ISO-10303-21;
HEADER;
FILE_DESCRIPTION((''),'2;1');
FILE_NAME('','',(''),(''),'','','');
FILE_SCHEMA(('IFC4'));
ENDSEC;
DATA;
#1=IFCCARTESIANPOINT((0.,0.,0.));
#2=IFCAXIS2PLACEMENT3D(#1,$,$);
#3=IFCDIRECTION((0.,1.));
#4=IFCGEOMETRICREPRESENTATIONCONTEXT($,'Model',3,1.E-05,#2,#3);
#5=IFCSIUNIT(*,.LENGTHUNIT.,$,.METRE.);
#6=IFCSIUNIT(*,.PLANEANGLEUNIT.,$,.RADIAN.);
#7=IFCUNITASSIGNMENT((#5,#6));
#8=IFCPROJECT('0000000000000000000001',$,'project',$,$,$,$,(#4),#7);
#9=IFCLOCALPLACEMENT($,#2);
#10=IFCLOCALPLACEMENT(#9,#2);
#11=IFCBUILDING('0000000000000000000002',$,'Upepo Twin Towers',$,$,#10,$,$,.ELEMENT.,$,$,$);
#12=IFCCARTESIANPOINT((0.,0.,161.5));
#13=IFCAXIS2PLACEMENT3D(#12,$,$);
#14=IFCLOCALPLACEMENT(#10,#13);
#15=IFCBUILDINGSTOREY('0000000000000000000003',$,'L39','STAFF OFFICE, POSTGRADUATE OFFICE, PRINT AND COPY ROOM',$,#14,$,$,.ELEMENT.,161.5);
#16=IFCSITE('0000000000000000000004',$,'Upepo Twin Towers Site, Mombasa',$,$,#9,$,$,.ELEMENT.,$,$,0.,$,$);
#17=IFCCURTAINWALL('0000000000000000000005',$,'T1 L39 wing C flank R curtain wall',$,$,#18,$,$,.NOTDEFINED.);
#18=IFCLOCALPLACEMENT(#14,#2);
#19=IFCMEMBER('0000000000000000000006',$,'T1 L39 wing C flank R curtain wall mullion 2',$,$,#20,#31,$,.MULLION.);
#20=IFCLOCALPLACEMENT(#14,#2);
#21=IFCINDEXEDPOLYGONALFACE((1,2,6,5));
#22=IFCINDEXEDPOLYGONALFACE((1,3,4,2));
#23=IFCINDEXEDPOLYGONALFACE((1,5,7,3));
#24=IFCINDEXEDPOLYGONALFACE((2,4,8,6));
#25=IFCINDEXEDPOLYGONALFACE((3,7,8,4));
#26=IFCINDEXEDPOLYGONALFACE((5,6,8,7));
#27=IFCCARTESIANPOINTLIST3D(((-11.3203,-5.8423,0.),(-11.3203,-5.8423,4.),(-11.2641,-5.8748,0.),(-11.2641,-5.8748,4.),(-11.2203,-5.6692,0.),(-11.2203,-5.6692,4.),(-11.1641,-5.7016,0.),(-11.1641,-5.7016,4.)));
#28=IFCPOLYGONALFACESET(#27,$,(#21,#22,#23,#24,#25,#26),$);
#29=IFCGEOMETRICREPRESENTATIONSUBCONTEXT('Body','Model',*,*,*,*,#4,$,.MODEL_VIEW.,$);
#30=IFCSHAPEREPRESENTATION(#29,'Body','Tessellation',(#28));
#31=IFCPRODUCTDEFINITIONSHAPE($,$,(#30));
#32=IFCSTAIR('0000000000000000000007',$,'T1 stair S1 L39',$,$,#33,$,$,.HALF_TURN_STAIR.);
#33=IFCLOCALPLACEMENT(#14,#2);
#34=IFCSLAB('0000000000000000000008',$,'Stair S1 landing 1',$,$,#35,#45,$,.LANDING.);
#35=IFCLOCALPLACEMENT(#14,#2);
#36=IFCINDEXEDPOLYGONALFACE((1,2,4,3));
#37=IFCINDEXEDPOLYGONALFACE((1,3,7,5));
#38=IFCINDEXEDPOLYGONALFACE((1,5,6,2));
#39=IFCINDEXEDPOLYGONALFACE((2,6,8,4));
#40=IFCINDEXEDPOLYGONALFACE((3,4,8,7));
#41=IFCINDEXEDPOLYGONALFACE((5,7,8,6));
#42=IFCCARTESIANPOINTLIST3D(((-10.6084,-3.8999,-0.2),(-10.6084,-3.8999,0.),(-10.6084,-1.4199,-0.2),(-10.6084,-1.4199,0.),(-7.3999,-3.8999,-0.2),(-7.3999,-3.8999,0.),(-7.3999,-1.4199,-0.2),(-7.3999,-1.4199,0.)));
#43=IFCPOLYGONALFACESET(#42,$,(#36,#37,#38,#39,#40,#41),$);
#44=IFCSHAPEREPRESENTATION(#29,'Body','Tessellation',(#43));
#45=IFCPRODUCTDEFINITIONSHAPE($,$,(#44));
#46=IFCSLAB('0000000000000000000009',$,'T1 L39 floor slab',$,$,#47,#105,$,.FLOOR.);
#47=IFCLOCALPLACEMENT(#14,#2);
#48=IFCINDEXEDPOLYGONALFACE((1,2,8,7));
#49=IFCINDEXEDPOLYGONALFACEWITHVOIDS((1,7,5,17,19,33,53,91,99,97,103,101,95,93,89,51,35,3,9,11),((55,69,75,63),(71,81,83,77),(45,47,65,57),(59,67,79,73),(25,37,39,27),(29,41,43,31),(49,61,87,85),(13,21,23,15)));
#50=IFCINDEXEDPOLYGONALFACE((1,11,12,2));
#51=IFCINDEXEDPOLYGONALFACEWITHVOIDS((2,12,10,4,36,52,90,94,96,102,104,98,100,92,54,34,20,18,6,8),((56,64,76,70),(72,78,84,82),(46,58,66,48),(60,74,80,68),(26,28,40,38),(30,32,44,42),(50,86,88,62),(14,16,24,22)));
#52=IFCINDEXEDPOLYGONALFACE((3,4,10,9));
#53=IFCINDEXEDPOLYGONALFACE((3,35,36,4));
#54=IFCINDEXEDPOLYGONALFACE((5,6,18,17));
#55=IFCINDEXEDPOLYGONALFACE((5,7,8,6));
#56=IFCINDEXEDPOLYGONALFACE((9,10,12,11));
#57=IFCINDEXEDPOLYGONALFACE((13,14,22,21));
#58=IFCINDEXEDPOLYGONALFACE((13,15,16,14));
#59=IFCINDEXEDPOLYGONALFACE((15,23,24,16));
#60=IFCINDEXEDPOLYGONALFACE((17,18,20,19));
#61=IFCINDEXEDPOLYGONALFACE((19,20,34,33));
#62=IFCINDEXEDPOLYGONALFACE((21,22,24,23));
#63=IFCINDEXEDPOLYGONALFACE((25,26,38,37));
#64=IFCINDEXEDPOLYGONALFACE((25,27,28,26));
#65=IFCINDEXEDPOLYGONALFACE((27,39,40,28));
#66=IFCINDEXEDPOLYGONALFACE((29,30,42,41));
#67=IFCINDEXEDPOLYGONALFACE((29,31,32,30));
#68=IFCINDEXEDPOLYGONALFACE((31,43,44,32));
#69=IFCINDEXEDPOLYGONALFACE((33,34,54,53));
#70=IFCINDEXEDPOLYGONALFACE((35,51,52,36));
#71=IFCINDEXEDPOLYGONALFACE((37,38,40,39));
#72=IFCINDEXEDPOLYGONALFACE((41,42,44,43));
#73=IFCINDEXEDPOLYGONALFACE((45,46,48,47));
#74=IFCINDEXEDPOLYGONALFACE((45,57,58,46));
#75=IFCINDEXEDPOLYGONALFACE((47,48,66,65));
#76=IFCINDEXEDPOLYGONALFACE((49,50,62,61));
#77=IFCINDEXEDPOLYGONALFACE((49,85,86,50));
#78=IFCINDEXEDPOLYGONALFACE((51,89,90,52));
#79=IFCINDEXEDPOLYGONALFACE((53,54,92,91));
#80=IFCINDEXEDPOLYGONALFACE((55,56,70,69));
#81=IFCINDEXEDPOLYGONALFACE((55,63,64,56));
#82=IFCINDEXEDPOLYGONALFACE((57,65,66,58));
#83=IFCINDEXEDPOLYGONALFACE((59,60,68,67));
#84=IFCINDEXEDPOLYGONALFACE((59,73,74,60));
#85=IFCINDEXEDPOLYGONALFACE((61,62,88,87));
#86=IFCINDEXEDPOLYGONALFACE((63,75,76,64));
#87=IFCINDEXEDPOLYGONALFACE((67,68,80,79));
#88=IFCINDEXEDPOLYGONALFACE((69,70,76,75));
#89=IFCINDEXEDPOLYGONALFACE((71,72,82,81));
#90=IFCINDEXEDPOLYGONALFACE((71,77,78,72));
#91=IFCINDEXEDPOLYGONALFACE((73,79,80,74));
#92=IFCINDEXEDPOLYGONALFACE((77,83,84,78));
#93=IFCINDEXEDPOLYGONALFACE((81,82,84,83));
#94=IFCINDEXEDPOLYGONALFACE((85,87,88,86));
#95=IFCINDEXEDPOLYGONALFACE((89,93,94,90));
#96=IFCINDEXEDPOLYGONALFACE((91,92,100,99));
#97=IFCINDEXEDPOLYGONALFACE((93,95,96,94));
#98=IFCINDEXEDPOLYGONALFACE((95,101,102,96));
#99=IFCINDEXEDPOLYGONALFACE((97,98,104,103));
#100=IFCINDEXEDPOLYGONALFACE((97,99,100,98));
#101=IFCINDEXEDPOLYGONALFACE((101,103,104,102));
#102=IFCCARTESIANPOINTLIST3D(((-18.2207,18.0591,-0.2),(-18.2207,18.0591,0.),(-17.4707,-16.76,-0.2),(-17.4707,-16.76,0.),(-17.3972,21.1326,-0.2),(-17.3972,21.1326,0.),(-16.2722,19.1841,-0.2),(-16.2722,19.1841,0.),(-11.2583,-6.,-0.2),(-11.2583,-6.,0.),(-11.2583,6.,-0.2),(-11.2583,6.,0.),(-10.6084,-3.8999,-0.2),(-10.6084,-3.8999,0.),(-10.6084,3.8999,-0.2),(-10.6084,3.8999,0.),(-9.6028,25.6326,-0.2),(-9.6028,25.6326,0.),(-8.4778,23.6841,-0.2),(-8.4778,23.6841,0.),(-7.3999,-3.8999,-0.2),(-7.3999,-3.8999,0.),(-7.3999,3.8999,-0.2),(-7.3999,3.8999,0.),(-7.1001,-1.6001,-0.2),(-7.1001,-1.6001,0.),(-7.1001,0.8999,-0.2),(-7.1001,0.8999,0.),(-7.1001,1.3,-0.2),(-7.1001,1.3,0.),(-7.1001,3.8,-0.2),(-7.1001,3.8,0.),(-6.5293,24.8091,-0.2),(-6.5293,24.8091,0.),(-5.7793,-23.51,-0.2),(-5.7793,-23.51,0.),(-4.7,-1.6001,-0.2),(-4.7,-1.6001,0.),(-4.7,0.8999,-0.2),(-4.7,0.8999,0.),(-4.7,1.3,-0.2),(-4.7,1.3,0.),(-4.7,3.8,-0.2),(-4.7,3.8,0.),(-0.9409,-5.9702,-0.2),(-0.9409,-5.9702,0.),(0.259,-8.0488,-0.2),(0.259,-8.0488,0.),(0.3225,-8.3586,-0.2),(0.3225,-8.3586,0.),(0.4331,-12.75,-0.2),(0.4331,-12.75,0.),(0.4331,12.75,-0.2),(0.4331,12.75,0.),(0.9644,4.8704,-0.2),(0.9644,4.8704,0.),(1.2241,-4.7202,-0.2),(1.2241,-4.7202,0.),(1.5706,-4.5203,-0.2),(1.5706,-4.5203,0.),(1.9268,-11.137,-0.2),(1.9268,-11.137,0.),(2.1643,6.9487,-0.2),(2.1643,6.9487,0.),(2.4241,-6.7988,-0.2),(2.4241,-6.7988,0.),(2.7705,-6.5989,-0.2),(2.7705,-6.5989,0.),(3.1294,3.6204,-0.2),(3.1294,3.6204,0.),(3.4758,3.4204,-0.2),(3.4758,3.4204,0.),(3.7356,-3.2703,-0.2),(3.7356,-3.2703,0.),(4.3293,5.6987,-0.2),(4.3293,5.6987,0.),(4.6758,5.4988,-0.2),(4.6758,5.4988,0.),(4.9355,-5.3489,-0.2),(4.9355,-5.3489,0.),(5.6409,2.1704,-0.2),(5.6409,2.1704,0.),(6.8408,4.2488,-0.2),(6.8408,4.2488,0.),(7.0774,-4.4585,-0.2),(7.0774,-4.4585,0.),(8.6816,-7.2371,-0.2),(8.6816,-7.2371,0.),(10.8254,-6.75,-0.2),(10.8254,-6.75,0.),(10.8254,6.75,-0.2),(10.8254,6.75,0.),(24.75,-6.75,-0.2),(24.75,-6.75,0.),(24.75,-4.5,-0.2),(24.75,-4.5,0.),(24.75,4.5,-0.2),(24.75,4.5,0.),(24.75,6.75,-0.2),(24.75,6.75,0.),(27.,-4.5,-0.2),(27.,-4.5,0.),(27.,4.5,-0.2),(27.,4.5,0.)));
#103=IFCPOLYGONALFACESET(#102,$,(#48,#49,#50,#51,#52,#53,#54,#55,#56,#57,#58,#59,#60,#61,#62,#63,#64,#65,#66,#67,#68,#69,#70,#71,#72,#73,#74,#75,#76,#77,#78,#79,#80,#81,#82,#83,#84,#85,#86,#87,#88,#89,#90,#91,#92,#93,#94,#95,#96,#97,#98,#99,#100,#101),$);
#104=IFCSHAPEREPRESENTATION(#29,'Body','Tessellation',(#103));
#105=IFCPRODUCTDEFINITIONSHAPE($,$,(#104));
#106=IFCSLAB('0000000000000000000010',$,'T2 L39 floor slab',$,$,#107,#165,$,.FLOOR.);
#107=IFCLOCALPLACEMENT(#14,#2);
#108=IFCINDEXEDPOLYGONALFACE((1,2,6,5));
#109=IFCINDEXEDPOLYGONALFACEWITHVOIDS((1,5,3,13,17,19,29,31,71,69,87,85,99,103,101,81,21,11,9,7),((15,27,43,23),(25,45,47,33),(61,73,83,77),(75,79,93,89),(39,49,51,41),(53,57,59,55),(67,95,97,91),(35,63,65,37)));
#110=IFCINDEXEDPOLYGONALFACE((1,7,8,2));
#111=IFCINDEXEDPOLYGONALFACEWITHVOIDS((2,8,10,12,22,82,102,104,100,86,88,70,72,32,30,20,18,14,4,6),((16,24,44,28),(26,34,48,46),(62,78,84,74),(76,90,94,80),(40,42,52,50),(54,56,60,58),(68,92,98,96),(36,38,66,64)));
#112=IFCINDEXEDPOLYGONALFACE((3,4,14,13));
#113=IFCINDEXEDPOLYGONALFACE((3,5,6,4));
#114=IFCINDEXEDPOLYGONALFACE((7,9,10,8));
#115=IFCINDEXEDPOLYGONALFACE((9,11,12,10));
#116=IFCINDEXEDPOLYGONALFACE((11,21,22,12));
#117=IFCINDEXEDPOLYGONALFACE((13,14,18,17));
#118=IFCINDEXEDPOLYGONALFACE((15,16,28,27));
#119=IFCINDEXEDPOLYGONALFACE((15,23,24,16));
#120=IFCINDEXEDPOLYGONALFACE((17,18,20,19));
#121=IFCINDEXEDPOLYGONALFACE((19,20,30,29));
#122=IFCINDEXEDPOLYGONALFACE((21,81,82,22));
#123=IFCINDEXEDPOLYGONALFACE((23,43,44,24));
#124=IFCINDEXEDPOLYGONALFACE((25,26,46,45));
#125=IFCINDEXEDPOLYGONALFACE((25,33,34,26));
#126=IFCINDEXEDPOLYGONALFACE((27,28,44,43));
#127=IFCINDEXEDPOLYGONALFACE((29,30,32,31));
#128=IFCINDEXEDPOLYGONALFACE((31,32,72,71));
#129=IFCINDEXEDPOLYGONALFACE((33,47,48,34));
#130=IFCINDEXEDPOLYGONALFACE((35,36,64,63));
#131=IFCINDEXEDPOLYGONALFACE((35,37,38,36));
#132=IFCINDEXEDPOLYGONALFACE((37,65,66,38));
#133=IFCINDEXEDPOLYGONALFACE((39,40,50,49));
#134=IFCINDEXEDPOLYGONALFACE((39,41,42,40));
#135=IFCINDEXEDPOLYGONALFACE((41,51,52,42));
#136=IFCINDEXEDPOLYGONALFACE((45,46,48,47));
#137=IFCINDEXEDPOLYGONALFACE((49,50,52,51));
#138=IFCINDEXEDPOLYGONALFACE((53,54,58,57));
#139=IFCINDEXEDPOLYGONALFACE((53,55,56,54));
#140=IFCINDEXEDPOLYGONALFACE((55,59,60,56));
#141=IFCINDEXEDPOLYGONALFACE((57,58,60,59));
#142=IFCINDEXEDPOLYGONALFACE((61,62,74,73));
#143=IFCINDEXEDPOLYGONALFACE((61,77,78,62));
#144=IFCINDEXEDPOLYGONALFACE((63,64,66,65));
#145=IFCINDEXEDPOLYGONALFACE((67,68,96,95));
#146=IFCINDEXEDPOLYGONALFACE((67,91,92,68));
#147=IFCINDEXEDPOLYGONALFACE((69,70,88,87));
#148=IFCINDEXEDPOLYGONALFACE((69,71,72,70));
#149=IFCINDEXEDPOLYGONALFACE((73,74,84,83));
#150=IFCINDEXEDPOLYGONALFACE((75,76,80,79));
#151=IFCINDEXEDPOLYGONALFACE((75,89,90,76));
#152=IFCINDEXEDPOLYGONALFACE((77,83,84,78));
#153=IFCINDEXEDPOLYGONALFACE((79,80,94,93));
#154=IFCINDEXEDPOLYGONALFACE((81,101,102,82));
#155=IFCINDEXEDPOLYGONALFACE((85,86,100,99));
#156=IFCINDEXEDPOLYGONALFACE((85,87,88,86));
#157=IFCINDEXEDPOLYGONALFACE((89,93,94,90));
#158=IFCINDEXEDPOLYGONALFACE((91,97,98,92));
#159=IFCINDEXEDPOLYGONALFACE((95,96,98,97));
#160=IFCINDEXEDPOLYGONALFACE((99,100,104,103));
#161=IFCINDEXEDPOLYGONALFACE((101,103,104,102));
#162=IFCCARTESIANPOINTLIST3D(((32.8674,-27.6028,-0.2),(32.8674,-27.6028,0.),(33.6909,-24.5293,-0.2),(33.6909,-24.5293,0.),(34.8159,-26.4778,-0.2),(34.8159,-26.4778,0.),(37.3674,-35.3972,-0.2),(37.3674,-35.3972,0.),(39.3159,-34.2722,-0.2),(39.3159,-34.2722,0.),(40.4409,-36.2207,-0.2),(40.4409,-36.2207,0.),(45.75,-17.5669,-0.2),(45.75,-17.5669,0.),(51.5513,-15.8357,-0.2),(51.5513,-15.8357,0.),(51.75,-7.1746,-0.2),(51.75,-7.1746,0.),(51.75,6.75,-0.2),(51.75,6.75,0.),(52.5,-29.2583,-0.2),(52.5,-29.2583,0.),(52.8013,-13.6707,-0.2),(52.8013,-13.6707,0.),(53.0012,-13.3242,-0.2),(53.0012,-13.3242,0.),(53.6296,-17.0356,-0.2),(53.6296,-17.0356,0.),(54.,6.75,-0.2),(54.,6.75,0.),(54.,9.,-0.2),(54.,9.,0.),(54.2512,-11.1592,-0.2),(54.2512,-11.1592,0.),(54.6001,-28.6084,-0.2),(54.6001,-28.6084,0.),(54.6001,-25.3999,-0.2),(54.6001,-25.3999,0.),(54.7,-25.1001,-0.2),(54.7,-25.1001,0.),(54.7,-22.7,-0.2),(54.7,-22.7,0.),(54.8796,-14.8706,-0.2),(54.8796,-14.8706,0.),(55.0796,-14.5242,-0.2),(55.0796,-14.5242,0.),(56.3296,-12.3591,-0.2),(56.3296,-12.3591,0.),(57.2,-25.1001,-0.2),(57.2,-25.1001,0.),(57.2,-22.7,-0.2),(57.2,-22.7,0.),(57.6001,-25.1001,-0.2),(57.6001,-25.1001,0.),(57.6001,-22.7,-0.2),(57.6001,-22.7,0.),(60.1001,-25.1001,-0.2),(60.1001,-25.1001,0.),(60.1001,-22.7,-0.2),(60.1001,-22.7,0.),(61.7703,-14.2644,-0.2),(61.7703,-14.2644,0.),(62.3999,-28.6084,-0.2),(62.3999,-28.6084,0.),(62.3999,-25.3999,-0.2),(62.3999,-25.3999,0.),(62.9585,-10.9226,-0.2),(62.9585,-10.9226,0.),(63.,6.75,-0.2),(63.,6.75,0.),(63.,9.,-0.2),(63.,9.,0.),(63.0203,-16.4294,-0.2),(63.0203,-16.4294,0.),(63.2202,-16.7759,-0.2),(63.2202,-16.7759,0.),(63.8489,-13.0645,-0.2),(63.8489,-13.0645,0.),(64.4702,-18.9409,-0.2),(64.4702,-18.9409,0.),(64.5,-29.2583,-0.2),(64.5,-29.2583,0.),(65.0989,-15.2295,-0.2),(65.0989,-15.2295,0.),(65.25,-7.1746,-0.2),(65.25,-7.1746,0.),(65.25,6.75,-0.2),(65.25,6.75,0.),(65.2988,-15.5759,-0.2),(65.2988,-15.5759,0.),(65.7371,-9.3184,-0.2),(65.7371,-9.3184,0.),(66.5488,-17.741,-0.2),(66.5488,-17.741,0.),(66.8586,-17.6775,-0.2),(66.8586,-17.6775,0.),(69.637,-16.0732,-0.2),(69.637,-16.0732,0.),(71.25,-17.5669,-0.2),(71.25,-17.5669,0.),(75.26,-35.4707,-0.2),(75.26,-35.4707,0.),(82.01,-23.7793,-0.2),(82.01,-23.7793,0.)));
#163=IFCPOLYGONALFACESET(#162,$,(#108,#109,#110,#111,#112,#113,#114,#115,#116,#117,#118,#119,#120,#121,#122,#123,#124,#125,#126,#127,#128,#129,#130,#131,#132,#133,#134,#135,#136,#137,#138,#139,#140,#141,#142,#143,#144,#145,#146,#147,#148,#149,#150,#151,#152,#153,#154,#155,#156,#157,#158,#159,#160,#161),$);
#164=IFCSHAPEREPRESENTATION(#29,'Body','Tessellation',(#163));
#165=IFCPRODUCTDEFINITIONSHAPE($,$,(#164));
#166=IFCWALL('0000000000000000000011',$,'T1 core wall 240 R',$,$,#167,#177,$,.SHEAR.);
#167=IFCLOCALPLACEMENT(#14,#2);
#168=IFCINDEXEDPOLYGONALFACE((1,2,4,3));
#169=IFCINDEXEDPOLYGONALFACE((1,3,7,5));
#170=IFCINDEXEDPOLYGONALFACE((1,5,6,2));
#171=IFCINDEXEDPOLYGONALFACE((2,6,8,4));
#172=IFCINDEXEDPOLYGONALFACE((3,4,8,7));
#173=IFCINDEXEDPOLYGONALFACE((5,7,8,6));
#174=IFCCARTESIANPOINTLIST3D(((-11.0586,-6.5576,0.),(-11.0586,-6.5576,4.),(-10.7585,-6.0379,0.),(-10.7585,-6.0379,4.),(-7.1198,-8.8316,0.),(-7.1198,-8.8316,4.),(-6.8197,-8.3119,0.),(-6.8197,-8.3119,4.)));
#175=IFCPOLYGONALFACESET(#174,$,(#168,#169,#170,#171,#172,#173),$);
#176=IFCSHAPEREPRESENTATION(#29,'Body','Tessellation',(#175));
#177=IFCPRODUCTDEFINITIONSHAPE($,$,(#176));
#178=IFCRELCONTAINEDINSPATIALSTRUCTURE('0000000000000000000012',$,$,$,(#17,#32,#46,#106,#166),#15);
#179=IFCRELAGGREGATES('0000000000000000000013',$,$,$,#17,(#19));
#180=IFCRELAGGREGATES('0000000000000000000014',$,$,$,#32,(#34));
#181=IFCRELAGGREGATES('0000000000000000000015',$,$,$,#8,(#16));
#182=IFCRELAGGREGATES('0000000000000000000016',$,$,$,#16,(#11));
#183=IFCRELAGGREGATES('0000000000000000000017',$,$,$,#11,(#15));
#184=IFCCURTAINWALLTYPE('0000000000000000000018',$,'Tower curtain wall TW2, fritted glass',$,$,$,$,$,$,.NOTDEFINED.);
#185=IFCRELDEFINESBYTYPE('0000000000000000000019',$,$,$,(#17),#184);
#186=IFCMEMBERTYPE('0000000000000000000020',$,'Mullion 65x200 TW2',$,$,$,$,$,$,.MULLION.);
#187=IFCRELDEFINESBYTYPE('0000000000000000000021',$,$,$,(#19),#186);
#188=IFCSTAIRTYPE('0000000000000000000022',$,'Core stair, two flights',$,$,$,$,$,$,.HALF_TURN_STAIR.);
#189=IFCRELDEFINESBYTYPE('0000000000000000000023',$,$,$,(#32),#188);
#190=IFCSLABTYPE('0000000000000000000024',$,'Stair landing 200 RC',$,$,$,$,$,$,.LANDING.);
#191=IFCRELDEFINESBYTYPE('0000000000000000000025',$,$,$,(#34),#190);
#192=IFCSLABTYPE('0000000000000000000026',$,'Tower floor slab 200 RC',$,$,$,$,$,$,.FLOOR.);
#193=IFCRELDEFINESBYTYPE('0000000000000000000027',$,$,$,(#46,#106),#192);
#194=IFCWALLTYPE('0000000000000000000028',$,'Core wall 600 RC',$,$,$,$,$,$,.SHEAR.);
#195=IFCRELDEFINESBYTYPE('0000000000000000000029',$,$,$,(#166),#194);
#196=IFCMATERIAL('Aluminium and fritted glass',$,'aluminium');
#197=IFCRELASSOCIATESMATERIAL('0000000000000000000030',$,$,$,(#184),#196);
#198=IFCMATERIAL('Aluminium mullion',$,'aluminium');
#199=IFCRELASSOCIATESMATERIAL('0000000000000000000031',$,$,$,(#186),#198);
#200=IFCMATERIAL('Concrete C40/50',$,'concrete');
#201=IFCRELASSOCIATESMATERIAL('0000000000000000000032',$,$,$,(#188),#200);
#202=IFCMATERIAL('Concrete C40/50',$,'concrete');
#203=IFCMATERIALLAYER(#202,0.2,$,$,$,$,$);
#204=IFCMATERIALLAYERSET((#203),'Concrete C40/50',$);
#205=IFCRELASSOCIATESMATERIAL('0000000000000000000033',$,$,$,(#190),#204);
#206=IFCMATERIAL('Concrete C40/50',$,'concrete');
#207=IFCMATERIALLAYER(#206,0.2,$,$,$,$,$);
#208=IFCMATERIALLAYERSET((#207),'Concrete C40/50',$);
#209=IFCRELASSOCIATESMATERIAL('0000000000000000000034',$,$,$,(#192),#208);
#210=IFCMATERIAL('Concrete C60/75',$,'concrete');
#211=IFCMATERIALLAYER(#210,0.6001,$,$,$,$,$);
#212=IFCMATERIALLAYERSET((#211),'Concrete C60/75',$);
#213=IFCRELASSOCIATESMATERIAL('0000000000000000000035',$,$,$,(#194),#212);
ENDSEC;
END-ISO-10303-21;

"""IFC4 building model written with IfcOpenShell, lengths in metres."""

from ifc_helpers import new_model, si_unit, direction, frame, frame_2d, origin, origin_2d, place, context, subcontext, project, spatial, polyline, rectangle, outline, extrude, material, layer, layer_set, material_profile, profile_set, type_object, element, aggregate, save


model = new_model("IFC4")

# Units and contexts
model_context = context("Model", 3, precision=1e-05, world=origin(), true_north=direction((0.0, 1.0)))
body_context = subcontext(model_context, "Body", "Model", "MODEL_VIEW")
ifc_project = project(units=[si_unit("LENGTHUNIT", "METRE"), si_unit("PLANEANGLEUNIT", "RADIAN")], contexts=[model_context])

# Site, building, storey
site_placement = place(None, origin())
site = spatial("IfcSite", under=ifc_project, at=site_placement, Name="Upepo Twin Towers Site, Mombasa", CompositionType="ELEMENT", RefElevation=0.0)
building_placement = place(site_placement, origin())
building = spatial("IfcBuilding", under=site, at=building_placement, Name="Upepo Twin Towers", CompositionType="ELEMENT")
storey_placement = place(building_placement, frame((0.0, 0.0, 161.5)))
storey = spatial("IfcBuildingStorey", under=building, at=storey_placement, Name="L39", Description="STAFF OFFICE, POSTGRADUATE OFFICE, PRINT AND COPY ROOM", CompositionType="ELEMENT", Elevation=161.5)

# Curtain wall, member
ifc_material_1 = material(Name="Aluminium and fritted glass", Category="aluminium")
curtain_wall_type = type_object("IfcCurtainWallType", Name="Tower curtain wall TW2, fritted glass", PredefinedType="NOTDEFINED", material=ifc_material_1)
curtain_wall_placement = place(storey_placement, origin())
curtain_wall = element("IfcCurtainWall", 1, at=curtain_wall_placement, inside=storey, type_object=curtain_wall_type, Name="T1 L39 wing C flank R curtain wall", PredefinedType="NOTDEFINED")
ifc_material_2 = material(Name="Aluminium mullion", Category="aluminium")
ifc_material_profile = material_profile(ifc_material_2, rectangle(XDim=0.0649, YDim=0.2, at=origin_2d()), Name="MULLION 65x200")
ifc_profile_set = profile_set([ifc_material_profile], Name="Aluminium mullion")
member_type = type_object("IfcMemberType", Name="Mullion 65x200 TW2", PredefinedType="MULLION", material=ifc_profile_set)
member_placement = place(storey_placement, frame((-11.2422, -5.772, 0.0), z_axis=(0.0, 0.0, 1.0), x_axis=(-0.866025, 0.5, 0.0)))
member = element("IfcMember", 2, at=member_placement, type_object=member_type, Name="T1 L39 wing C flank R curtain wall mullion 2", PredefinedType="MULLION", context=body_context, shape_type="SweptSolid", body=[
    extrude(rectangle(XDim=0.0649, YDim=0.2, at=origin_2d()), origin(), (0.0, 0.0, 1.0), 4.0),
])
aggregate(curtain_wall, [member])

# Stair, slab
ifc_material_3 = material(Name="Concrete C40/50", Category="concrete")
stair_type = type_object("IfcStairType", Name="Core stair, two flights", PredefinedType="HALF_TURN_STAIR", material=ifc_material_3)
stair_placement = place(storey_placement, origin())
stair = element("IfcStair", 3, at=stair_placement, inside=storey, type_object=stair_type, Name="T1 stair S1 L39", PredefinedType="HALF_TURN_STAIR")
ifc_material_4 = material(Name="Concrete C40/50", Category="concrete")
ifc_layer_1 = layer(ifc_material_4, 0.2)
ifc_layer_set_1 = layer_set([ifc_layer_1], Name="Concrete C40/50")
slab_type_1 = type_object("IfcSlabType", Name="Stair landing 200 RC", PredefinedType="LANDING", material=ifc_layer_set_1)
slab_1_placement = place(storey_placement, frame((0.0, 0.0, -0.2)))
slab_1 = element("IfcSlab", 4, at=slab_1_placement, type_object=slab_type_1, Name="Stair S1 landing 1", PredefinedType="LANDING", context=body_context, shape_type="SweptSolid", body=[
    extrude(outline(polyline([(-7.3999, -1.4199), (-10.6084, -1.4199), (-10.6084, -3.8999), (-7.3999, -3.8999), (-7.3999, -1.4199)])), origin(), (0.0, 0.0, 1.0), 0.2),
])

# Slabs
ifc_material_5 = material(Name="Concrete C40/50", Category="concrete")
ifc_layer_2 = layer(ifc_material_5, 0.2)
ifc_layer_set_2 = layer_set([ifc_layer_2], Name="Concrete C40/50")
slab_type_2 = type_object("IfcSlabType", Name="Tower floor slab 200 RC", PredefinedType="FLOOR", material=ifc_layer_set_2)
slab_2_placement = place(storey_placement, frame((0.0, 0.0, -0.2)))
element("IfcSlab", 5, at=slab_2_placement, inside=storey, type_object=slab_type_2, Name="T1 L39 floor slab", PredefinedType="FLOOR", context=body_context, shape_type="SweptSolid", body=[
    extrude(outline(polyline([(-17.4707, -16.76), (-11.2583, -6.0), (-11.2583, 6.0), (-18.2207, 18.0591), (-16.2722, 19.1841), (-17.3972, 21.1326), (-9.6028, 25.6326), (-8.4778, 23.6841), (-6.5293, 24.8091), (0.4331, 12.75), (10.8254, 6.75), (24.75, 6.75), (24.75, 4.5), (27.0, 4.5), (27.0, -4.5), (24.75, -4.5), (24.75, -6.75), (10.8254, -6.75), (0.4331, -12.75), (-5.7793, -23.51), (-17.4707, -16.76)]), holes=[polyline([(5.6409, 2.1704), (6.8408, 4.2488), (4.6758, 5.4988), (3.4758, 3.4204), (5.6409, 2.1704)]), polyline([(3.1294, 3.6204), (4.3293, 5.6987), (2.1643, 6.9487), (0.9644, 4.8704), (3.1294, 3.6204)]), polyline([(-4.7, 3.8), (-7.1001, 3.8), (-7.1001, 1.3), (-4.7, 1.3), (-4.7, 3.8)]), polyline([(-4.7, 0.8999), (-7.1001, 0.8999), (-7.1001, -1.6001), (-4.7, -1.6001), (-4.7, 0.8999)]), polyline([(-7.3999, 3.8999), (-10.6084, 3.8999), (-10.6084, -3.8999), (-7.3999, -3.8999), (-7.3999, 3.8999)]), polyline([(-0.9409, -5.9702), (0.259, -8.0488), (2.4241, -6.7988), (1.2241, -4.7202), (-0.9409, -5.9702)]), polyline([(1.5706, -4.5203), (2.7705, -6.5989), (4.9355, -5.3489), (3.7356, -3.2703), (1.5706, -4.5203)]), polyline([(0.3225, -8.3586), (1.9268, -11.137), (8.6816, -7.2371), (7.0774, -4.4585), (0.3225, -8.3586)])]), origin(), (0.0, 0.0, 1.0), 0.2),
])
slab_3_placement = place(storey_placement, frame((0.0, 0.0, -0.2)))
element("IfcSlab", 6, at=slab_3_placement, inside=storey, type_object=slab_type_2, Name="T2 L39 floor slab", PredefinedType="FLOOR", context=body_context, shape_type="SweptSolid", body=[
    extrude(outline(polyline([(75.26, -35.4707), (64.5, -29.2583), (52.5, -29.2583), (40.4409, -36.2207), (39.3159, -34.2722), (37.3674, -35.3972), (32.8674, -27.6028), (34.8159, -26.4778), (33.6909, -24.5293), (45.75, -17.5669), (51.75, -7.1746), (51.75, 6.75), (54.0, 6.75), (54.0, 9.0), (63.0, 9.0), (63.0, 6.75), (65.25, 6.75), (65.25, -7.1746), (71.25, -17.5669), (82.01, -23.7793), (75.26, -35.4707)]), holes=[polyline([(56.3296, -12.3591), (54.2512, -11.1592), (53.0012, -13.3242), (55.0796, -14.5242), (56.3296, -12.3591)]), polyline([(54.8796, -14.8706), (52.8013, -13.6707), (51.5513, -15.8357), (53.6296, -17.0356), (54.8796, -14.8706)]), polyline([(54.7, -22.7), (54.7, -25.1001), (57.2, -25.1001), (57.2, -22.7), (54.7, -22.7)]), polyline([(57.6001, -22.7), (57.6001, -25.1001), (60.1001, -25.1001), (60.1001, -22.7), (57.6001, -22.7)]), polyline([(54.6001, -25.3999), (54.6001, -28.6084), (62.3999, -28.6084), (62.3999, -25.3999), (54.6001, -25.3999)]), polyline([(64.4702, -18.9409), (66.5488, -17.741), (65.2988, -15.5759), (63.2202, -16.7759), (64.4702, -18.9409)]), polyline([(63.0203, -16.4294), (65.0989, -15.2295), (63.8489, -13.0645), (61.7703, -14.2644), (63.0203, -16.4294)]), polyline([(66.8586, -17.6775), (69.637, -16.0732), (65.7371, -9.3184), (62.9585, -10.9226), (66.8586, -17.6775)])]), origin(), (0.0, 0.0, 1.0), 0.2),
])

# Wall
ifc_material_6 = material(Name="Concrete C60/75", Category="concrete")
ifc_layer_3 = layer(ifc_material_6, 0.6001)
ifc_layer_set_3 = layer_set([ifc_layer_3], Name="Concrete C60/75")
wall_type_1 = type_object("IfcWallType", Name="Core wall 600 RC", PredefinedType="SHEAR", material=ifc_layer_set_3)
wall_1_placement = place(storey_placement, frame((-10.9084, -6.2979, 0.0), z_axis=(0.0, 0.0, 1.0), x_axis=(0.866035, -0.499984, 0.0)))
element("IfcWall", 7, at=wall_1_placement, inside=storey, type_object=wall_type_1, Name="T1 core wall 240 R", PredefinedType="SHEAR", context=body_context, shape_type="SweptSolid", body=[
    extrude(rectangle(XDim=4.5481, YDim=0.6001, at=frame_2d((2.2739, 0.0))), origin(), (0.0, 0.0, 1.0), 4.0),
])

aggregate(stair, [slab_1])

save(model, "model.ifc")
